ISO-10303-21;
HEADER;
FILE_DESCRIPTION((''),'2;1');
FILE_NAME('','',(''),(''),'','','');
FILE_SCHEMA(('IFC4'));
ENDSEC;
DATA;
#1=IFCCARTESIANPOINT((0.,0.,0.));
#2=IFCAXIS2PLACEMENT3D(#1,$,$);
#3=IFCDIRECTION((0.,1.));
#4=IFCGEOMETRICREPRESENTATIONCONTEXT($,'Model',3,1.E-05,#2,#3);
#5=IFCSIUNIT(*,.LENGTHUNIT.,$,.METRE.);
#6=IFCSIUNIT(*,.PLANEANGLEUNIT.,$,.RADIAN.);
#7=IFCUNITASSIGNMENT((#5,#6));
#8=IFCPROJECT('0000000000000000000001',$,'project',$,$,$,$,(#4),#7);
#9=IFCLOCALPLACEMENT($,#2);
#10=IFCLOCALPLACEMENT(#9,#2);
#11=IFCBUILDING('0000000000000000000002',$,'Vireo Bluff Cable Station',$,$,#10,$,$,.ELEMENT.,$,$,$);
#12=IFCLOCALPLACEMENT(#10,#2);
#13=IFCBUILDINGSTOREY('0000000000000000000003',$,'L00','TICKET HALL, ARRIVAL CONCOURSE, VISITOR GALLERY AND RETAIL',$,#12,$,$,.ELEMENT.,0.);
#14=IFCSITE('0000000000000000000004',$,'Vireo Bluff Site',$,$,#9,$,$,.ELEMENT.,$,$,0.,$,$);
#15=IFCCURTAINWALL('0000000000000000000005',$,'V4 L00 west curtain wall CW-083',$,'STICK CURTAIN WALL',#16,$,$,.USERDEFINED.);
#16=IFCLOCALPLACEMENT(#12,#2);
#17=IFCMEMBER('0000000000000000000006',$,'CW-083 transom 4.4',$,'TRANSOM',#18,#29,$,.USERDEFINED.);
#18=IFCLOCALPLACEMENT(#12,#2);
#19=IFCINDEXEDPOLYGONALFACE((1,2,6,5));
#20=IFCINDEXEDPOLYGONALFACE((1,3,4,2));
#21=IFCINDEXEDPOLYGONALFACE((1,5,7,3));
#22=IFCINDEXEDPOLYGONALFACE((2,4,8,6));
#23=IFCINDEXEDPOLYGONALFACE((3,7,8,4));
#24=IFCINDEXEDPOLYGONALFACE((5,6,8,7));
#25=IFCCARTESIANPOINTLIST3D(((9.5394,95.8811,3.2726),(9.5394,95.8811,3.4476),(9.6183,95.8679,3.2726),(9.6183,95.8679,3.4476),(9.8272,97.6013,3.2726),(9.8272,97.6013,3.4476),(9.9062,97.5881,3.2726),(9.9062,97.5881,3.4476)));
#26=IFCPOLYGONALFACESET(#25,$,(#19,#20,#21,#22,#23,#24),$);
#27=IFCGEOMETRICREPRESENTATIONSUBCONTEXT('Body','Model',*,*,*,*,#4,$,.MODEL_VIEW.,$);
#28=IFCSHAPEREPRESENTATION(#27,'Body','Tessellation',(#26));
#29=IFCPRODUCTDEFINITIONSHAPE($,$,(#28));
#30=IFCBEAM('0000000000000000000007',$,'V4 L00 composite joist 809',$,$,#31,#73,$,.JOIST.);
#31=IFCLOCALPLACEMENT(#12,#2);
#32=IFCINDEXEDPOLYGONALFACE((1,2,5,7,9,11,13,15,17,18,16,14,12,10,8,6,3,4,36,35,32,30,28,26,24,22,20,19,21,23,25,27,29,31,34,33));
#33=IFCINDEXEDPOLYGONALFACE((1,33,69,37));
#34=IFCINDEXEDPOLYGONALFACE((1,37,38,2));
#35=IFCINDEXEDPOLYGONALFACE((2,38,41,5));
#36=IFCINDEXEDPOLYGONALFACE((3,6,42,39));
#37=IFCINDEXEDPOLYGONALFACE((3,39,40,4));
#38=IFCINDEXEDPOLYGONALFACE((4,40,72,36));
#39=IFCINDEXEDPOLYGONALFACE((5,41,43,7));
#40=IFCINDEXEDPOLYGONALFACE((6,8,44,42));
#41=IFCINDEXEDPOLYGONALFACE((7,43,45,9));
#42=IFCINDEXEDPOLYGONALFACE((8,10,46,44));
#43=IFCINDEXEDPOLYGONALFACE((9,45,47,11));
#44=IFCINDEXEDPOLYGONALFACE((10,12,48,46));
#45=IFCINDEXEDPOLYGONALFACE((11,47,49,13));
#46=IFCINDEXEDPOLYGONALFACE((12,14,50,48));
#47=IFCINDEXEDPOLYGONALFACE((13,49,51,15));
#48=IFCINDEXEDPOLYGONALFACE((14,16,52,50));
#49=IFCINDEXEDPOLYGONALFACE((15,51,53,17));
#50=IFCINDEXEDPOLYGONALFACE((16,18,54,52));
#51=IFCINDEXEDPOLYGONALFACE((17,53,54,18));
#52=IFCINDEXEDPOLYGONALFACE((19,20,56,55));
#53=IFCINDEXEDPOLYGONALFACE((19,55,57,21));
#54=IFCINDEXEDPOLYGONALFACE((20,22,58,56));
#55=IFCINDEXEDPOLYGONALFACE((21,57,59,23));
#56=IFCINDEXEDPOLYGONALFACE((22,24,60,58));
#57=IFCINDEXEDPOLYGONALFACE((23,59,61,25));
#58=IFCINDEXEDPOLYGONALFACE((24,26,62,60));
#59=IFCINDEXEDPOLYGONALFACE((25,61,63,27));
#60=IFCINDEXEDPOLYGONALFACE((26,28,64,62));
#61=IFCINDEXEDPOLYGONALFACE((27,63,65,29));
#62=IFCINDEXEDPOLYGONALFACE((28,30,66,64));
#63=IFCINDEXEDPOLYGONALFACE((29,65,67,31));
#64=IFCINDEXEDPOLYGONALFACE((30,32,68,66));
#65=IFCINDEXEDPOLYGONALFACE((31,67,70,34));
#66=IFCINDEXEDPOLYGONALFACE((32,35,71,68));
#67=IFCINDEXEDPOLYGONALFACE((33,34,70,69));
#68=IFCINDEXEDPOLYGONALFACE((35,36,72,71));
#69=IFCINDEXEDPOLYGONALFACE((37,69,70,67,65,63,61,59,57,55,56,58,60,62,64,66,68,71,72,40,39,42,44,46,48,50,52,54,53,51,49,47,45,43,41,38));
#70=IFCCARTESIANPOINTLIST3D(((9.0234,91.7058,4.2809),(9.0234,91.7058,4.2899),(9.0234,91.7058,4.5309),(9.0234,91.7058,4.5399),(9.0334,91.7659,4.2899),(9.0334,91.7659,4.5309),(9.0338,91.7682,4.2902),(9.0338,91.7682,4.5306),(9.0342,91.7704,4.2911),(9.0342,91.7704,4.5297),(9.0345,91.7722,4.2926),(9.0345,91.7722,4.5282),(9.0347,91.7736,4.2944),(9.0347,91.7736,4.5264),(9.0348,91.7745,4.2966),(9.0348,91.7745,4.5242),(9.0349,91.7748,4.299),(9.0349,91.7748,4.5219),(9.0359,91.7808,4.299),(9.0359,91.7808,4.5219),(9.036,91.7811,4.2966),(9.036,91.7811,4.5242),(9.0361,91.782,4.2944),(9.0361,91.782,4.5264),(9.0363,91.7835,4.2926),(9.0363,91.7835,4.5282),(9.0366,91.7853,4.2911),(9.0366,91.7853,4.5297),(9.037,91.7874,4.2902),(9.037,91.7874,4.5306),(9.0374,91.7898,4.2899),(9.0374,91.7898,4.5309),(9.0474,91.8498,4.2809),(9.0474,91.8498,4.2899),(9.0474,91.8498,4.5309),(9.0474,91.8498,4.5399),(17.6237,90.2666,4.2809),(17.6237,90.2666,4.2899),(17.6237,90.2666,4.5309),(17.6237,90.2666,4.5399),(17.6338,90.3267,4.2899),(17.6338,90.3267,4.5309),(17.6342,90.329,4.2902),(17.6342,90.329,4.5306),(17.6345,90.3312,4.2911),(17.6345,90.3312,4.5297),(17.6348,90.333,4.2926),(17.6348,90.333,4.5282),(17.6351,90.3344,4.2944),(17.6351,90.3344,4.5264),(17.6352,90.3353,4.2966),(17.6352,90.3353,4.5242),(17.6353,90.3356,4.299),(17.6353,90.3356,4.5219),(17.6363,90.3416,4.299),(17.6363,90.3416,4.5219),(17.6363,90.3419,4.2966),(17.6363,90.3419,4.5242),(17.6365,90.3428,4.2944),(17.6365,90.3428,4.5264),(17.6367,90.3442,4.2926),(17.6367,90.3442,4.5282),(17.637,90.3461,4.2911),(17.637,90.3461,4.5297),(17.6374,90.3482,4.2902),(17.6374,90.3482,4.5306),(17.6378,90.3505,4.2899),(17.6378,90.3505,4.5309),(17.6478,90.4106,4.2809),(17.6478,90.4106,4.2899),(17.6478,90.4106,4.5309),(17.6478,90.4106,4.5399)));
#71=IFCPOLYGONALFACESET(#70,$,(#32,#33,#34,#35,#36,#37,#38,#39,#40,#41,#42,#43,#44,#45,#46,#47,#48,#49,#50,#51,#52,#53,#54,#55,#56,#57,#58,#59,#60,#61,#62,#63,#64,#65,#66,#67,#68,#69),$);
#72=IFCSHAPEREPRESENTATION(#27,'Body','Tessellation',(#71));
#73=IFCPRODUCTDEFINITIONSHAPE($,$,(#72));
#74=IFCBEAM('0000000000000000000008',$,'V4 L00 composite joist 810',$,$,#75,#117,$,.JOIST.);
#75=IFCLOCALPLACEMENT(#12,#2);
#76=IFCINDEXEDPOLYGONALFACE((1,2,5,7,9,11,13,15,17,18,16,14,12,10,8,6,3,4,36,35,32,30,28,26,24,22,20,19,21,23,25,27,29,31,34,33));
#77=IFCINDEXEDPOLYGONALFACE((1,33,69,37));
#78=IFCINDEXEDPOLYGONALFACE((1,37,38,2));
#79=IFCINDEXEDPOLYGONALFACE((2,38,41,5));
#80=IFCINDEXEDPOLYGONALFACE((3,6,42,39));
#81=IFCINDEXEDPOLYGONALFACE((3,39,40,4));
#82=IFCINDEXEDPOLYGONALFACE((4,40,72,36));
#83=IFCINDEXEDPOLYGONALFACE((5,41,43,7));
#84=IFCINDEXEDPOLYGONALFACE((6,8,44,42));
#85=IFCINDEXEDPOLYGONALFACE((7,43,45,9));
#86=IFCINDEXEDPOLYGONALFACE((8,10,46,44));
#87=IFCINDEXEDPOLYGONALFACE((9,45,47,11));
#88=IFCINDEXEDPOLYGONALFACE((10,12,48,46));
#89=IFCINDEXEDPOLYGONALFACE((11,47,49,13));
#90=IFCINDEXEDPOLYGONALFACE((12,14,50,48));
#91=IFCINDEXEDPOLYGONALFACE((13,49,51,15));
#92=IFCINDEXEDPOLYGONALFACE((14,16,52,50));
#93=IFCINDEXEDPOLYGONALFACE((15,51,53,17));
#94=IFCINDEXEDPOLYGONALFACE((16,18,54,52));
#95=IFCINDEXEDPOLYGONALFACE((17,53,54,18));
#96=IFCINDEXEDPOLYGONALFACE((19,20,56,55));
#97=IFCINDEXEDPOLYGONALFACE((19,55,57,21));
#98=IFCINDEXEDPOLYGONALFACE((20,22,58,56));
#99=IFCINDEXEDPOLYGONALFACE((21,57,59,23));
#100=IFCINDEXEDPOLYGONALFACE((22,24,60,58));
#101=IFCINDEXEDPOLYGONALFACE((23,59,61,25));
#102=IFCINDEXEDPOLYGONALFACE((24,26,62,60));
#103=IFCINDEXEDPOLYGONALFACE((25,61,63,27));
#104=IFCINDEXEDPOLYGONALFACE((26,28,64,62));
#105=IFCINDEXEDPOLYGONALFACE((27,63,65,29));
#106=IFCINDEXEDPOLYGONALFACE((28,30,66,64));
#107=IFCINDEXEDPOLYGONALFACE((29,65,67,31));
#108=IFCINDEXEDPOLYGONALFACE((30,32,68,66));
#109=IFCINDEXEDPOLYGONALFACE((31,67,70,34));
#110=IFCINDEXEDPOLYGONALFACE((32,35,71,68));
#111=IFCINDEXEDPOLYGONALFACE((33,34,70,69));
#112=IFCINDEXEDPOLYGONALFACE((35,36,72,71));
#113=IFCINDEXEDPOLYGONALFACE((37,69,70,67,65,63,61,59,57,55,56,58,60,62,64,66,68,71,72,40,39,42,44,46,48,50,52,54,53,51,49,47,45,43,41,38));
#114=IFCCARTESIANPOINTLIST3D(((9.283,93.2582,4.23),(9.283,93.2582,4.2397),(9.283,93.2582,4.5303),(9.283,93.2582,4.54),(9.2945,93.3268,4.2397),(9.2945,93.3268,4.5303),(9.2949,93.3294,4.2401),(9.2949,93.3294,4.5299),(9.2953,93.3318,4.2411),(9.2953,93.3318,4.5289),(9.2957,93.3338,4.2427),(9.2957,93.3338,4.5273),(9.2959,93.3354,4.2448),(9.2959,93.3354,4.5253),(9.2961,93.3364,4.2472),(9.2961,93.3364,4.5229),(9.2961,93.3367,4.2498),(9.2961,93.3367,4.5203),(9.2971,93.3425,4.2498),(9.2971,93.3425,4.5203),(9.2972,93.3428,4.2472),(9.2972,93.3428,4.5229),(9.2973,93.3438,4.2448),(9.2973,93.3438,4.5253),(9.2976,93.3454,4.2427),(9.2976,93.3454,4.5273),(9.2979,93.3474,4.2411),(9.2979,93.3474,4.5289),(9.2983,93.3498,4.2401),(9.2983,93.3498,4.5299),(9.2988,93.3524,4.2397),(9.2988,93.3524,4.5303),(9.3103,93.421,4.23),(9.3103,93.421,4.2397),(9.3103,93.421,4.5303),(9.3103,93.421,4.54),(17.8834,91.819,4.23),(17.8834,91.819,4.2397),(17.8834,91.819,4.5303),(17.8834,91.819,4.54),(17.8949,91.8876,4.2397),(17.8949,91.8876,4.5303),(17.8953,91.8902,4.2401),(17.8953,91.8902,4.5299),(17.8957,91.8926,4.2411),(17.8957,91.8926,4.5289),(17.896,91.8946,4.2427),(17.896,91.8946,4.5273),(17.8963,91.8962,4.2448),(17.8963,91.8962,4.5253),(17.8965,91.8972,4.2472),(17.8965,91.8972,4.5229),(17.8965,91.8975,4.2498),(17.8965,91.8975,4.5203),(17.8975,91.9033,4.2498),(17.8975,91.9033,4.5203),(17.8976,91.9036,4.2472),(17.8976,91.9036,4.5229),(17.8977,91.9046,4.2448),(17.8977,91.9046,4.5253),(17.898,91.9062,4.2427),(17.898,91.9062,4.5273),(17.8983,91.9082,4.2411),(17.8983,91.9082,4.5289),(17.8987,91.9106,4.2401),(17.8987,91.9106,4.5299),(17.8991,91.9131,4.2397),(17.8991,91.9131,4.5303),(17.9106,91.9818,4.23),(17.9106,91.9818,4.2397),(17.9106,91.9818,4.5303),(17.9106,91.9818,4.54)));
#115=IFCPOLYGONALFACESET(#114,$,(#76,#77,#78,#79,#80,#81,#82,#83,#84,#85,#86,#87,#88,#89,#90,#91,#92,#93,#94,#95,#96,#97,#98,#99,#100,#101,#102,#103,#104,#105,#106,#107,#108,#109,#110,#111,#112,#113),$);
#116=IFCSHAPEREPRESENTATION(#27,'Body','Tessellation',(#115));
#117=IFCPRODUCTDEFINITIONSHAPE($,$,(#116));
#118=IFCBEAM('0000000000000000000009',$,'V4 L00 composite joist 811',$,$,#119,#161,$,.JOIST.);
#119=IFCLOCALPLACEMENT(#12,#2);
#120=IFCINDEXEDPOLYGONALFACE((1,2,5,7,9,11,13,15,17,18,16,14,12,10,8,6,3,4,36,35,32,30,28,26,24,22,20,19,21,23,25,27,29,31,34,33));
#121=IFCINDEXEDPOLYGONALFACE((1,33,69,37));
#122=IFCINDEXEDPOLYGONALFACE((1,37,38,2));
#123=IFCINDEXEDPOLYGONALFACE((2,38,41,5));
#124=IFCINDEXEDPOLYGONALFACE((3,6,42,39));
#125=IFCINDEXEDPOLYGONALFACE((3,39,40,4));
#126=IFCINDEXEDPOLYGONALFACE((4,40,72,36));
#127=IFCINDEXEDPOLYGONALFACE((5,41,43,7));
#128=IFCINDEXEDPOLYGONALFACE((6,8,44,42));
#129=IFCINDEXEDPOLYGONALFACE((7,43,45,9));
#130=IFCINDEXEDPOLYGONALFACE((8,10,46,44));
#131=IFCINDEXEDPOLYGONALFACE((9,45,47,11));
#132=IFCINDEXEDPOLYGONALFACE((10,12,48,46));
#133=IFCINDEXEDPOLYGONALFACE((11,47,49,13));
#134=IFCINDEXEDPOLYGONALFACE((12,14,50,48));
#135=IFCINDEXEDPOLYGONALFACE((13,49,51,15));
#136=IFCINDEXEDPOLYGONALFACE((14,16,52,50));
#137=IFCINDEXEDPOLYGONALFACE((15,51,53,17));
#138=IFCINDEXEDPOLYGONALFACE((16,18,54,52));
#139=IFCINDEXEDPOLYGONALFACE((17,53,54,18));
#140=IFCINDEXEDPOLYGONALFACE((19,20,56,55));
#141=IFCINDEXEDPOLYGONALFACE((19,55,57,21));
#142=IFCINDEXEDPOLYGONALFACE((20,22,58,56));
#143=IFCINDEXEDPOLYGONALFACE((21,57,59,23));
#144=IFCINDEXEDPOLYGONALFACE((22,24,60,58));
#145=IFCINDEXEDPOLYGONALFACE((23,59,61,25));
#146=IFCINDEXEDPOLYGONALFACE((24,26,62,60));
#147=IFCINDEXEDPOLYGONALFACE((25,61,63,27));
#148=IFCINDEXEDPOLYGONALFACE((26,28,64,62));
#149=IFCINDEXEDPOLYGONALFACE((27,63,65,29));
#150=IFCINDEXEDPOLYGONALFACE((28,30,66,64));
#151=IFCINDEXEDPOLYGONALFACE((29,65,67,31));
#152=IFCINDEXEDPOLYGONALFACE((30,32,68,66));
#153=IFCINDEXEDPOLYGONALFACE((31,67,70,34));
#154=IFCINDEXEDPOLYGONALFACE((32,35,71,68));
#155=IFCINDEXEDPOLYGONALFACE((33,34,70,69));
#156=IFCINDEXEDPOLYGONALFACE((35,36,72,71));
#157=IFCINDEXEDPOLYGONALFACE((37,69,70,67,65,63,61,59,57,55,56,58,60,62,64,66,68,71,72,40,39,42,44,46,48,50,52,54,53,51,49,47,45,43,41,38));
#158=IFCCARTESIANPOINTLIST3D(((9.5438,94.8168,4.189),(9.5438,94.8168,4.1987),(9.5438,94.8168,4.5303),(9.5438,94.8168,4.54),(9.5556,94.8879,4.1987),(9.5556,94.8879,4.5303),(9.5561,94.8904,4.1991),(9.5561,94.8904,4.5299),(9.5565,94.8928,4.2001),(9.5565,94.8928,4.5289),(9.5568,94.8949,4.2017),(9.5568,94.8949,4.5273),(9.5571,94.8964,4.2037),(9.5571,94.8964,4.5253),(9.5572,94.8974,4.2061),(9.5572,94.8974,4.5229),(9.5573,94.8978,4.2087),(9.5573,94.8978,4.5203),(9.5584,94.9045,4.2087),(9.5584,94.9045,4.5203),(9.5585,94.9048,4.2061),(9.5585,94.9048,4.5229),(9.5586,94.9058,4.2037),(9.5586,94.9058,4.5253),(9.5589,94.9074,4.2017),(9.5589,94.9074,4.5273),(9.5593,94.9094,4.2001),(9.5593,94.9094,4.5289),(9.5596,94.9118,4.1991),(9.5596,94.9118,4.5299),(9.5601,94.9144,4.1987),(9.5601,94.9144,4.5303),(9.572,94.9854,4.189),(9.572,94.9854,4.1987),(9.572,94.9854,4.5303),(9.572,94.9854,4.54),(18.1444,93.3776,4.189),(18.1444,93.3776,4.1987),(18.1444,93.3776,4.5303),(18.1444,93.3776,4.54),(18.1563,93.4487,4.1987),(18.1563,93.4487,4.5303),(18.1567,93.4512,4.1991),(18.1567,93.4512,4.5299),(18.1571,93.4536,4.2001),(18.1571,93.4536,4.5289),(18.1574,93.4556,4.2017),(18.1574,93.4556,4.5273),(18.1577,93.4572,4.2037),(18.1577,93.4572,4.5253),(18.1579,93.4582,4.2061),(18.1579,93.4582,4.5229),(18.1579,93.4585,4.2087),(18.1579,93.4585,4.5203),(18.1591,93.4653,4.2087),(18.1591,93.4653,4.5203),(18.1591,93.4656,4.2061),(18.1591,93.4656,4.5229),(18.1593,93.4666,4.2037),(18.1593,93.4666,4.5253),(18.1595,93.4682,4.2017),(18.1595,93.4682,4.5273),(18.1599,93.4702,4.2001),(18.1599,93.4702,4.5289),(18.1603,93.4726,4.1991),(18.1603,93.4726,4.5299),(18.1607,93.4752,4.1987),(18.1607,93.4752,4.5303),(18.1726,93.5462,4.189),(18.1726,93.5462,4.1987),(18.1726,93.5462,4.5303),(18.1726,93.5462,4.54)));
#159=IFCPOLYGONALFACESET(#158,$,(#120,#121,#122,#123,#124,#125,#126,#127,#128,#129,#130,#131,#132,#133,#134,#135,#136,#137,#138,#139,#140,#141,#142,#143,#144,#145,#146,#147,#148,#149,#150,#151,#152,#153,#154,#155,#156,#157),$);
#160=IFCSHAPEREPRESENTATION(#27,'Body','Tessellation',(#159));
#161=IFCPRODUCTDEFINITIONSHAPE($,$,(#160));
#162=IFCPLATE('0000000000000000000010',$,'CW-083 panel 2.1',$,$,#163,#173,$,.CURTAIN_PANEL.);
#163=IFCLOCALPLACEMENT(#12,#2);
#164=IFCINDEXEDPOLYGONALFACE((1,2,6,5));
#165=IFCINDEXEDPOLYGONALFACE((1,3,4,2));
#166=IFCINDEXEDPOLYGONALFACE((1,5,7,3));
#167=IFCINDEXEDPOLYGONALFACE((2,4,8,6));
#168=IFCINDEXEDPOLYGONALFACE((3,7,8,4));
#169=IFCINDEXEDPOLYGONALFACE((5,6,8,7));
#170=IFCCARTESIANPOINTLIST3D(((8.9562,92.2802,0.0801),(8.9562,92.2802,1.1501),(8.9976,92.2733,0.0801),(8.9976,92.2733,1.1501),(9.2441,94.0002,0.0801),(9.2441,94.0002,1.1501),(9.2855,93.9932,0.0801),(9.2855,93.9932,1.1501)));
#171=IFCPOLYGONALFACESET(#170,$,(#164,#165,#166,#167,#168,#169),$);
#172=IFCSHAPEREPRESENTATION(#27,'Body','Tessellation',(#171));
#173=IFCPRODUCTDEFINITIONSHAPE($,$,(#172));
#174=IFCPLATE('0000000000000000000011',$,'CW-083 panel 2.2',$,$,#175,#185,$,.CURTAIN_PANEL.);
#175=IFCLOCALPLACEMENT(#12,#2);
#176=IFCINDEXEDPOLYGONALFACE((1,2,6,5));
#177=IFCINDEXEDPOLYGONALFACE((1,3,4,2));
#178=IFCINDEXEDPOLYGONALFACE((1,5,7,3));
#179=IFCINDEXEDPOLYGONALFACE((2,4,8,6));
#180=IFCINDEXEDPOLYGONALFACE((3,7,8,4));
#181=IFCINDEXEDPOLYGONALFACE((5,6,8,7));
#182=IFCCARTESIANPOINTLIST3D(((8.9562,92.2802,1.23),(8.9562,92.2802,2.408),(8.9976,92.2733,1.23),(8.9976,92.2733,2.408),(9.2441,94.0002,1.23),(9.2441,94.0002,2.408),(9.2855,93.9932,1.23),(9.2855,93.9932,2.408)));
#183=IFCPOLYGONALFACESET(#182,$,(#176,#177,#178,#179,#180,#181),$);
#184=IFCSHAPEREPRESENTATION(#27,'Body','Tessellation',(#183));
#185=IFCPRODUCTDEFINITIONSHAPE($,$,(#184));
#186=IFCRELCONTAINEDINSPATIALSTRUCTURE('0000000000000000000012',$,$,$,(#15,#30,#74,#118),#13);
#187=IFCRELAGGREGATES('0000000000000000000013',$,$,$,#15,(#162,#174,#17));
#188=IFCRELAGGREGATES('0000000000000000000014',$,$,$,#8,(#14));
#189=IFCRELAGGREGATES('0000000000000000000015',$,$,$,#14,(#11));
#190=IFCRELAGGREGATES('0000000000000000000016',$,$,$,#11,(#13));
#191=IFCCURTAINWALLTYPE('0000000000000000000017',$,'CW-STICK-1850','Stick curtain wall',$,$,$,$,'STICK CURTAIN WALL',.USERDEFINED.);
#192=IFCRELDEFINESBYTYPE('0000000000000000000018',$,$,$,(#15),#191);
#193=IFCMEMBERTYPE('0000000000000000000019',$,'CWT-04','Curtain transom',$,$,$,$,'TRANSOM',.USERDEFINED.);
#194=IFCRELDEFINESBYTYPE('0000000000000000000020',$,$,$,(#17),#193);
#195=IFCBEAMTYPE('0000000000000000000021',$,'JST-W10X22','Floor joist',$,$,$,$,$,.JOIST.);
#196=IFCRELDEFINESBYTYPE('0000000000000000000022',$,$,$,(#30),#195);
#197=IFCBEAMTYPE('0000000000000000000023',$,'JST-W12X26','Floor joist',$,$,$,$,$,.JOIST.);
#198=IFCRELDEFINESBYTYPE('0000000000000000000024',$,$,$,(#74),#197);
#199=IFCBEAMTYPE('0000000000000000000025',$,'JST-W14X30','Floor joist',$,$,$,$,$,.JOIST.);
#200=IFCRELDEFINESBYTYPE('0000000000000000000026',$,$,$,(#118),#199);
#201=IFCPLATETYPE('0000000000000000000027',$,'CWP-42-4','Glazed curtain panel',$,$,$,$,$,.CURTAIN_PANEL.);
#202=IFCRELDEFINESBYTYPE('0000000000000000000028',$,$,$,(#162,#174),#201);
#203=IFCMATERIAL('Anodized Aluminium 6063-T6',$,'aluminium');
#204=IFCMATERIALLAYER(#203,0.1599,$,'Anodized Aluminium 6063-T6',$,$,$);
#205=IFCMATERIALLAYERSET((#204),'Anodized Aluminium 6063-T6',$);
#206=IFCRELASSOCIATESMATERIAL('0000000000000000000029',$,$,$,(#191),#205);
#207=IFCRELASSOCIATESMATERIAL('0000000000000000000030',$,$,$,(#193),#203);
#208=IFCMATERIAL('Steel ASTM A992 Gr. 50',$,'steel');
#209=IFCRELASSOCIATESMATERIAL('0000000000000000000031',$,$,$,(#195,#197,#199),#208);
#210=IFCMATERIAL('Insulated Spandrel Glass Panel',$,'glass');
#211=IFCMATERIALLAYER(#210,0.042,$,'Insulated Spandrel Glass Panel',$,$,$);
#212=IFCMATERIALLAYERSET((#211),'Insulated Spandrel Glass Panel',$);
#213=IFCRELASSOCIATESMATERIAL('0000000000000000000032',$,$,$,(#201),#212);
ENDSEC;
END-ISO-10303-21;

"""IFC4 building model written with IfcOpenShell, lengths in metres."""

from ifc_helpers import new_model, si_unit, direction, frame, origin, origin_2d, place, context, subcontext, project, spatial, rectangle, i_section, extrude, material, layer, layer_set, material_profile, profile_set, type_object, element, aggregate, save


model = new_model("IFC4")

# Units and contexts
model_context = context("Model", 3, precision=1e-05, world=origin(), true_north=direction((0.0, 1.0)))
body_context = subcontext(model_context, "Body", "Model", "MODEL_VIEW")
ifc_project = project(units=[si_unit("LENGTHUNIT", "METRE"), si_unit("PLANEANGLEUNIT", "RADIAN")], contexts=[model_context])

# Site, building, storey
site_placement = place(None, origin())
site = spatial("IfcSite", under=ifc_project, at=site_placement, Name="Vireo Bluff Site", CompositionType="ELEMENT", RefElevation=0.0)
building_placement = place(site_placement, origin())
building = spatial("IfcBuilding", under=site, at=building_placement, Name="Vireo Bluff Cable Station", CompositionType="ELEMENT")
storey_placement = place(building_placement, origin())
storey = spatial("IfcBuildingStorey", under=building, at=storey_placement, Name="L00", Description="TICKET HALL, ARRIVAL CONCOURSE, VISITOR GALLERY AND RETAIL", CompositionType="ELEMENT", Elevation=0.0)

# Curtain wall, member
ifc_material_1 = material(Name="Anodized Aluminium 6063-T6", Category="aluminium")
ifc_layer_1 = layer(ifc_material_1, 0.1599, Name="Anodized Aluminium 6063-T6")
ifc_layer_set_1 = layer_set([ifc_layer_1], Name="Anodized Aluminium 6063-T6")
curtain_wall_type = type_object("IfcCurtainWallType", Name="CW-STICK-1850", Description="Stick curtain wall", ElementType="STICK CURTAIN WALL", PredefinedType="USERDEFINED", material=ifc_layer_set_1)
curtain_wall_placement = place(storey_placement, origin())
curtain_wall = element("IfcCurtainWall", 1, at=curtain_wall_placement, inside=storey, type_object=curtain_wall_type, Name="V4 L00 west curtain wall CW-083", ObjectType="STICK CURTAIN WALL", PredefinedType="USERDEFINED")
ifc_material_profile_1 = material_profile(ifc_material_1, rectangle(XDim=0.0801, YDim=0.175, at=origin_2d()), Name="ALU-T-80X175")
ifc_profile_set_1 = profile_set([ifc_material_profile_1], Name="Anodized Aluminium 6063-T6")
member_type_1 = type_object("IfcMemberType", Name="CWT-04", Description="Curtain transom", ElementType="TRANSOM", PredefinedType="USERDEFINED", material=ifc_profile_set_1)
member_1_placement = place(storey_placement, frame((9.5789, 95.8745, 3.3601), z_axis=(0.165035, 0.986288, 0.0), x_axis=(-0.986288, 0.165035, 0.0)))
member_1 = element("IfcMember", 2, at=member_1_placement, type_object=member_type_1, Name="CW-083 transom 4.4", ObjectType="TRANSOM", PredefinedType="USERDEFINED", context=body_context, shape_type="SweptSolid", body=[
    extrude(rectangle(XDim=0.0801, YDim=0.175, at=origin_2d()), origin(), (0.0, 0.0, 1.0), 1.7441),
])

# Beams
ifc_material_2 = material(Name="Steel ASTM A992 Gr. 50", Category="steel")
ifc_material_profile_2 = material_profile(ifc_material_2, i_section(OverallWidth=0.146, OverallDepth=0.259, WebThickness=0.0061, FlangeThickness=0.009, FilletRadius=0.009, at=origin_2d()), Name="W10X22")
ifc_profile_set_2 = profile_set([ifc_material_profile_2], Name="Steel ASTM A992 Gr. 50")
beam_type_1 = type_object("IfcBeamType", Name="JST-W10X22", Description="Floor joist", PredefinedType="JOIST", material=ifc_profile_set_2)
beam_1_placement = place(storey_placement, frame((9.0354, 91.7778, 4.4104), z_axis=(0.986286, -0.165048, 0.0), x_axis=(0.165048, 0.986286, 0.0)))
element("IfcBeam", 3, at=beam_1_placement, inside=storey, type_object=beam_type_1, Name="V4 L00 composite joist 809", PredefinedType="JOIST", context=body_context, shape_type="SweptSolid", body=[
    extrude(i_section(OverallWidth=0.146, OverallDepth=0.259, WebThickness=0.0061, FlangeThickness=0.009, FilletRadius=0.009, at=origin_2d()), origin(), (0.0, 0.0, 1.0), 8.72),
])
ifc_material_profile_3 = material_profile(ifc_material_2, i_section(OverallWidth=0.165, OverallDepth=0.3101, WebThickness=0.0059, FlangeThickness=0.0098, FilletRadius=0.01, at=origin_2d()), Name="W12X26")
ifc_profile_set_3 = profile_set([ifc_material_profile_3], Name="Steel ASTM A992 Gr. 50")
beam_type_2 = type_object("IfcBeamType", Name="JST-W12X26", Description="Floor joist", PredefinedType="JOIST", material=ifc_profile_set_3)
beam_2_placement = place(storey_placement, frame((9.2966, 93.3396, 4.385), z_axis=(0.986286, -0.165048, 0.0), x_axis=(0.165048, 0.986286, 0.0)))
element("IfcBeam", 4, at=beam_2_placement, inside=storey, type_object=beam_type_2, Name="V4 L00 composite joist 810", PredefinedType="JOIST", context=body_context, shape_type="SweptSolid", body=[
    extrude(i_section(OverallWidth=0.165, OverallDepth=0.3101, WebThickness=0.0059, FlangeThickness=0.0098, FilletRadius=0.01, at=origin_2d()), origin(), (0.0, 0.0, 1.0), 8.72),
])
ifc_material_profile_4 = material_profile(ifc_material_2, i_section(OverallWidth=0.1709, OverallDepth=0.3511, WebThickness=0.0068, FlangeThickness=0.0098, FilletRadius=0.01, at=origin_2d()), Name="W14X30")
ifc_profile_set_4 = profile_set([ifc_material_profile_4], Name="Steel ASTM A992 Gr. 50")
beam_type_3 = type_object("IfcBeamType", Name="JST-W14X30", Description="Floor joist", PredefinedType="JOIST", material=ifc_profile_set_4)
beam_3_placement = place(storey_placement, frame((9.5579, 94.9011, 4.3645), z_axis=(0.986286, -0.165044, 0.0), x_axis=(0.165044, 0.986286, 0.0)))
element("IfcBeam", 5, at=beam_3_placement, inside=storey, type_object=beam_type_3, Name="V4 L00 composite joist 811", PredefinedType="JOIST", context=body_context, shape_type="SweptSolid", body=[
    extrude(i_section(OverallWidth=0.1709, OverallDepth=0.3511, WebThickness=0.0068, FlangeThickness=0.0098, FilletRadius=0.01, at=origin_2d()), origin(), (0.0, 0.0, 1.0), 8.7202),
])

# Plates
ifc_material_3 = material(Name="Insulated Spandrel Glass Panel", Category="glass")
ifc_layer_2 = layer(ifc_material_3, 0.042, Name="Insulated Spandrel Glass Panel")
ifc_layer_set_2 = layer_set([ifc_layer_2], Name="Insulated Spandrel Glass Panel")
plate_type = type_object("IfcPlateType", Name="CWP-42-4", Description="Glazed curtain panel", PredefinedType="CURTAIN_PANEL", material=ifc_layer_set_2)
plate_1_placement = place(storey_placement, frame((9.1208, 93.1367, 0.0801), z_axis=(0.0, 0.0, 1.0), x_axis=(0.165048, 0.986286, 0.0)))
plate_1 = element("IfcPlate", 6, at=plate_1_placement, type_object=plate_type, Name="CW-083 panel 2.1", PredefinedType="CURTAIN_PANEL", context=body_context, shape_type="SweptSolid", body=[
    extrude(rectangle(XDim=1.7439, YDim=0.042, at=origin_2d()), origin(), (0.0, 0.0, 1.0), 1.0701),
])
plate_2_placement = place(storey_placement, frame((9.1208, 93.1367, 1.23), z_axis=(0.0, 0.0, 1.0), x_axis=(0.165048, 0.986286, 0.0)))
plate_2 = element("IfcPlate", 7, at=plate_2_placement, type_object=plate_type, Name="CW-083 panel 2.2", PredefinedType="CURTAIN_PANEL", context=body_context, shape_type="SweptSolid", body=[
    extrude(rectangle(XDim=1.7439, YDim=0.042, at=origin_2d()), origin(), (0.0, 0.0, 1.0), 1.178),
])
aggregate(curtain_wall, [plate_1, plate_2, member_1])

save(model, "model.ifc")
